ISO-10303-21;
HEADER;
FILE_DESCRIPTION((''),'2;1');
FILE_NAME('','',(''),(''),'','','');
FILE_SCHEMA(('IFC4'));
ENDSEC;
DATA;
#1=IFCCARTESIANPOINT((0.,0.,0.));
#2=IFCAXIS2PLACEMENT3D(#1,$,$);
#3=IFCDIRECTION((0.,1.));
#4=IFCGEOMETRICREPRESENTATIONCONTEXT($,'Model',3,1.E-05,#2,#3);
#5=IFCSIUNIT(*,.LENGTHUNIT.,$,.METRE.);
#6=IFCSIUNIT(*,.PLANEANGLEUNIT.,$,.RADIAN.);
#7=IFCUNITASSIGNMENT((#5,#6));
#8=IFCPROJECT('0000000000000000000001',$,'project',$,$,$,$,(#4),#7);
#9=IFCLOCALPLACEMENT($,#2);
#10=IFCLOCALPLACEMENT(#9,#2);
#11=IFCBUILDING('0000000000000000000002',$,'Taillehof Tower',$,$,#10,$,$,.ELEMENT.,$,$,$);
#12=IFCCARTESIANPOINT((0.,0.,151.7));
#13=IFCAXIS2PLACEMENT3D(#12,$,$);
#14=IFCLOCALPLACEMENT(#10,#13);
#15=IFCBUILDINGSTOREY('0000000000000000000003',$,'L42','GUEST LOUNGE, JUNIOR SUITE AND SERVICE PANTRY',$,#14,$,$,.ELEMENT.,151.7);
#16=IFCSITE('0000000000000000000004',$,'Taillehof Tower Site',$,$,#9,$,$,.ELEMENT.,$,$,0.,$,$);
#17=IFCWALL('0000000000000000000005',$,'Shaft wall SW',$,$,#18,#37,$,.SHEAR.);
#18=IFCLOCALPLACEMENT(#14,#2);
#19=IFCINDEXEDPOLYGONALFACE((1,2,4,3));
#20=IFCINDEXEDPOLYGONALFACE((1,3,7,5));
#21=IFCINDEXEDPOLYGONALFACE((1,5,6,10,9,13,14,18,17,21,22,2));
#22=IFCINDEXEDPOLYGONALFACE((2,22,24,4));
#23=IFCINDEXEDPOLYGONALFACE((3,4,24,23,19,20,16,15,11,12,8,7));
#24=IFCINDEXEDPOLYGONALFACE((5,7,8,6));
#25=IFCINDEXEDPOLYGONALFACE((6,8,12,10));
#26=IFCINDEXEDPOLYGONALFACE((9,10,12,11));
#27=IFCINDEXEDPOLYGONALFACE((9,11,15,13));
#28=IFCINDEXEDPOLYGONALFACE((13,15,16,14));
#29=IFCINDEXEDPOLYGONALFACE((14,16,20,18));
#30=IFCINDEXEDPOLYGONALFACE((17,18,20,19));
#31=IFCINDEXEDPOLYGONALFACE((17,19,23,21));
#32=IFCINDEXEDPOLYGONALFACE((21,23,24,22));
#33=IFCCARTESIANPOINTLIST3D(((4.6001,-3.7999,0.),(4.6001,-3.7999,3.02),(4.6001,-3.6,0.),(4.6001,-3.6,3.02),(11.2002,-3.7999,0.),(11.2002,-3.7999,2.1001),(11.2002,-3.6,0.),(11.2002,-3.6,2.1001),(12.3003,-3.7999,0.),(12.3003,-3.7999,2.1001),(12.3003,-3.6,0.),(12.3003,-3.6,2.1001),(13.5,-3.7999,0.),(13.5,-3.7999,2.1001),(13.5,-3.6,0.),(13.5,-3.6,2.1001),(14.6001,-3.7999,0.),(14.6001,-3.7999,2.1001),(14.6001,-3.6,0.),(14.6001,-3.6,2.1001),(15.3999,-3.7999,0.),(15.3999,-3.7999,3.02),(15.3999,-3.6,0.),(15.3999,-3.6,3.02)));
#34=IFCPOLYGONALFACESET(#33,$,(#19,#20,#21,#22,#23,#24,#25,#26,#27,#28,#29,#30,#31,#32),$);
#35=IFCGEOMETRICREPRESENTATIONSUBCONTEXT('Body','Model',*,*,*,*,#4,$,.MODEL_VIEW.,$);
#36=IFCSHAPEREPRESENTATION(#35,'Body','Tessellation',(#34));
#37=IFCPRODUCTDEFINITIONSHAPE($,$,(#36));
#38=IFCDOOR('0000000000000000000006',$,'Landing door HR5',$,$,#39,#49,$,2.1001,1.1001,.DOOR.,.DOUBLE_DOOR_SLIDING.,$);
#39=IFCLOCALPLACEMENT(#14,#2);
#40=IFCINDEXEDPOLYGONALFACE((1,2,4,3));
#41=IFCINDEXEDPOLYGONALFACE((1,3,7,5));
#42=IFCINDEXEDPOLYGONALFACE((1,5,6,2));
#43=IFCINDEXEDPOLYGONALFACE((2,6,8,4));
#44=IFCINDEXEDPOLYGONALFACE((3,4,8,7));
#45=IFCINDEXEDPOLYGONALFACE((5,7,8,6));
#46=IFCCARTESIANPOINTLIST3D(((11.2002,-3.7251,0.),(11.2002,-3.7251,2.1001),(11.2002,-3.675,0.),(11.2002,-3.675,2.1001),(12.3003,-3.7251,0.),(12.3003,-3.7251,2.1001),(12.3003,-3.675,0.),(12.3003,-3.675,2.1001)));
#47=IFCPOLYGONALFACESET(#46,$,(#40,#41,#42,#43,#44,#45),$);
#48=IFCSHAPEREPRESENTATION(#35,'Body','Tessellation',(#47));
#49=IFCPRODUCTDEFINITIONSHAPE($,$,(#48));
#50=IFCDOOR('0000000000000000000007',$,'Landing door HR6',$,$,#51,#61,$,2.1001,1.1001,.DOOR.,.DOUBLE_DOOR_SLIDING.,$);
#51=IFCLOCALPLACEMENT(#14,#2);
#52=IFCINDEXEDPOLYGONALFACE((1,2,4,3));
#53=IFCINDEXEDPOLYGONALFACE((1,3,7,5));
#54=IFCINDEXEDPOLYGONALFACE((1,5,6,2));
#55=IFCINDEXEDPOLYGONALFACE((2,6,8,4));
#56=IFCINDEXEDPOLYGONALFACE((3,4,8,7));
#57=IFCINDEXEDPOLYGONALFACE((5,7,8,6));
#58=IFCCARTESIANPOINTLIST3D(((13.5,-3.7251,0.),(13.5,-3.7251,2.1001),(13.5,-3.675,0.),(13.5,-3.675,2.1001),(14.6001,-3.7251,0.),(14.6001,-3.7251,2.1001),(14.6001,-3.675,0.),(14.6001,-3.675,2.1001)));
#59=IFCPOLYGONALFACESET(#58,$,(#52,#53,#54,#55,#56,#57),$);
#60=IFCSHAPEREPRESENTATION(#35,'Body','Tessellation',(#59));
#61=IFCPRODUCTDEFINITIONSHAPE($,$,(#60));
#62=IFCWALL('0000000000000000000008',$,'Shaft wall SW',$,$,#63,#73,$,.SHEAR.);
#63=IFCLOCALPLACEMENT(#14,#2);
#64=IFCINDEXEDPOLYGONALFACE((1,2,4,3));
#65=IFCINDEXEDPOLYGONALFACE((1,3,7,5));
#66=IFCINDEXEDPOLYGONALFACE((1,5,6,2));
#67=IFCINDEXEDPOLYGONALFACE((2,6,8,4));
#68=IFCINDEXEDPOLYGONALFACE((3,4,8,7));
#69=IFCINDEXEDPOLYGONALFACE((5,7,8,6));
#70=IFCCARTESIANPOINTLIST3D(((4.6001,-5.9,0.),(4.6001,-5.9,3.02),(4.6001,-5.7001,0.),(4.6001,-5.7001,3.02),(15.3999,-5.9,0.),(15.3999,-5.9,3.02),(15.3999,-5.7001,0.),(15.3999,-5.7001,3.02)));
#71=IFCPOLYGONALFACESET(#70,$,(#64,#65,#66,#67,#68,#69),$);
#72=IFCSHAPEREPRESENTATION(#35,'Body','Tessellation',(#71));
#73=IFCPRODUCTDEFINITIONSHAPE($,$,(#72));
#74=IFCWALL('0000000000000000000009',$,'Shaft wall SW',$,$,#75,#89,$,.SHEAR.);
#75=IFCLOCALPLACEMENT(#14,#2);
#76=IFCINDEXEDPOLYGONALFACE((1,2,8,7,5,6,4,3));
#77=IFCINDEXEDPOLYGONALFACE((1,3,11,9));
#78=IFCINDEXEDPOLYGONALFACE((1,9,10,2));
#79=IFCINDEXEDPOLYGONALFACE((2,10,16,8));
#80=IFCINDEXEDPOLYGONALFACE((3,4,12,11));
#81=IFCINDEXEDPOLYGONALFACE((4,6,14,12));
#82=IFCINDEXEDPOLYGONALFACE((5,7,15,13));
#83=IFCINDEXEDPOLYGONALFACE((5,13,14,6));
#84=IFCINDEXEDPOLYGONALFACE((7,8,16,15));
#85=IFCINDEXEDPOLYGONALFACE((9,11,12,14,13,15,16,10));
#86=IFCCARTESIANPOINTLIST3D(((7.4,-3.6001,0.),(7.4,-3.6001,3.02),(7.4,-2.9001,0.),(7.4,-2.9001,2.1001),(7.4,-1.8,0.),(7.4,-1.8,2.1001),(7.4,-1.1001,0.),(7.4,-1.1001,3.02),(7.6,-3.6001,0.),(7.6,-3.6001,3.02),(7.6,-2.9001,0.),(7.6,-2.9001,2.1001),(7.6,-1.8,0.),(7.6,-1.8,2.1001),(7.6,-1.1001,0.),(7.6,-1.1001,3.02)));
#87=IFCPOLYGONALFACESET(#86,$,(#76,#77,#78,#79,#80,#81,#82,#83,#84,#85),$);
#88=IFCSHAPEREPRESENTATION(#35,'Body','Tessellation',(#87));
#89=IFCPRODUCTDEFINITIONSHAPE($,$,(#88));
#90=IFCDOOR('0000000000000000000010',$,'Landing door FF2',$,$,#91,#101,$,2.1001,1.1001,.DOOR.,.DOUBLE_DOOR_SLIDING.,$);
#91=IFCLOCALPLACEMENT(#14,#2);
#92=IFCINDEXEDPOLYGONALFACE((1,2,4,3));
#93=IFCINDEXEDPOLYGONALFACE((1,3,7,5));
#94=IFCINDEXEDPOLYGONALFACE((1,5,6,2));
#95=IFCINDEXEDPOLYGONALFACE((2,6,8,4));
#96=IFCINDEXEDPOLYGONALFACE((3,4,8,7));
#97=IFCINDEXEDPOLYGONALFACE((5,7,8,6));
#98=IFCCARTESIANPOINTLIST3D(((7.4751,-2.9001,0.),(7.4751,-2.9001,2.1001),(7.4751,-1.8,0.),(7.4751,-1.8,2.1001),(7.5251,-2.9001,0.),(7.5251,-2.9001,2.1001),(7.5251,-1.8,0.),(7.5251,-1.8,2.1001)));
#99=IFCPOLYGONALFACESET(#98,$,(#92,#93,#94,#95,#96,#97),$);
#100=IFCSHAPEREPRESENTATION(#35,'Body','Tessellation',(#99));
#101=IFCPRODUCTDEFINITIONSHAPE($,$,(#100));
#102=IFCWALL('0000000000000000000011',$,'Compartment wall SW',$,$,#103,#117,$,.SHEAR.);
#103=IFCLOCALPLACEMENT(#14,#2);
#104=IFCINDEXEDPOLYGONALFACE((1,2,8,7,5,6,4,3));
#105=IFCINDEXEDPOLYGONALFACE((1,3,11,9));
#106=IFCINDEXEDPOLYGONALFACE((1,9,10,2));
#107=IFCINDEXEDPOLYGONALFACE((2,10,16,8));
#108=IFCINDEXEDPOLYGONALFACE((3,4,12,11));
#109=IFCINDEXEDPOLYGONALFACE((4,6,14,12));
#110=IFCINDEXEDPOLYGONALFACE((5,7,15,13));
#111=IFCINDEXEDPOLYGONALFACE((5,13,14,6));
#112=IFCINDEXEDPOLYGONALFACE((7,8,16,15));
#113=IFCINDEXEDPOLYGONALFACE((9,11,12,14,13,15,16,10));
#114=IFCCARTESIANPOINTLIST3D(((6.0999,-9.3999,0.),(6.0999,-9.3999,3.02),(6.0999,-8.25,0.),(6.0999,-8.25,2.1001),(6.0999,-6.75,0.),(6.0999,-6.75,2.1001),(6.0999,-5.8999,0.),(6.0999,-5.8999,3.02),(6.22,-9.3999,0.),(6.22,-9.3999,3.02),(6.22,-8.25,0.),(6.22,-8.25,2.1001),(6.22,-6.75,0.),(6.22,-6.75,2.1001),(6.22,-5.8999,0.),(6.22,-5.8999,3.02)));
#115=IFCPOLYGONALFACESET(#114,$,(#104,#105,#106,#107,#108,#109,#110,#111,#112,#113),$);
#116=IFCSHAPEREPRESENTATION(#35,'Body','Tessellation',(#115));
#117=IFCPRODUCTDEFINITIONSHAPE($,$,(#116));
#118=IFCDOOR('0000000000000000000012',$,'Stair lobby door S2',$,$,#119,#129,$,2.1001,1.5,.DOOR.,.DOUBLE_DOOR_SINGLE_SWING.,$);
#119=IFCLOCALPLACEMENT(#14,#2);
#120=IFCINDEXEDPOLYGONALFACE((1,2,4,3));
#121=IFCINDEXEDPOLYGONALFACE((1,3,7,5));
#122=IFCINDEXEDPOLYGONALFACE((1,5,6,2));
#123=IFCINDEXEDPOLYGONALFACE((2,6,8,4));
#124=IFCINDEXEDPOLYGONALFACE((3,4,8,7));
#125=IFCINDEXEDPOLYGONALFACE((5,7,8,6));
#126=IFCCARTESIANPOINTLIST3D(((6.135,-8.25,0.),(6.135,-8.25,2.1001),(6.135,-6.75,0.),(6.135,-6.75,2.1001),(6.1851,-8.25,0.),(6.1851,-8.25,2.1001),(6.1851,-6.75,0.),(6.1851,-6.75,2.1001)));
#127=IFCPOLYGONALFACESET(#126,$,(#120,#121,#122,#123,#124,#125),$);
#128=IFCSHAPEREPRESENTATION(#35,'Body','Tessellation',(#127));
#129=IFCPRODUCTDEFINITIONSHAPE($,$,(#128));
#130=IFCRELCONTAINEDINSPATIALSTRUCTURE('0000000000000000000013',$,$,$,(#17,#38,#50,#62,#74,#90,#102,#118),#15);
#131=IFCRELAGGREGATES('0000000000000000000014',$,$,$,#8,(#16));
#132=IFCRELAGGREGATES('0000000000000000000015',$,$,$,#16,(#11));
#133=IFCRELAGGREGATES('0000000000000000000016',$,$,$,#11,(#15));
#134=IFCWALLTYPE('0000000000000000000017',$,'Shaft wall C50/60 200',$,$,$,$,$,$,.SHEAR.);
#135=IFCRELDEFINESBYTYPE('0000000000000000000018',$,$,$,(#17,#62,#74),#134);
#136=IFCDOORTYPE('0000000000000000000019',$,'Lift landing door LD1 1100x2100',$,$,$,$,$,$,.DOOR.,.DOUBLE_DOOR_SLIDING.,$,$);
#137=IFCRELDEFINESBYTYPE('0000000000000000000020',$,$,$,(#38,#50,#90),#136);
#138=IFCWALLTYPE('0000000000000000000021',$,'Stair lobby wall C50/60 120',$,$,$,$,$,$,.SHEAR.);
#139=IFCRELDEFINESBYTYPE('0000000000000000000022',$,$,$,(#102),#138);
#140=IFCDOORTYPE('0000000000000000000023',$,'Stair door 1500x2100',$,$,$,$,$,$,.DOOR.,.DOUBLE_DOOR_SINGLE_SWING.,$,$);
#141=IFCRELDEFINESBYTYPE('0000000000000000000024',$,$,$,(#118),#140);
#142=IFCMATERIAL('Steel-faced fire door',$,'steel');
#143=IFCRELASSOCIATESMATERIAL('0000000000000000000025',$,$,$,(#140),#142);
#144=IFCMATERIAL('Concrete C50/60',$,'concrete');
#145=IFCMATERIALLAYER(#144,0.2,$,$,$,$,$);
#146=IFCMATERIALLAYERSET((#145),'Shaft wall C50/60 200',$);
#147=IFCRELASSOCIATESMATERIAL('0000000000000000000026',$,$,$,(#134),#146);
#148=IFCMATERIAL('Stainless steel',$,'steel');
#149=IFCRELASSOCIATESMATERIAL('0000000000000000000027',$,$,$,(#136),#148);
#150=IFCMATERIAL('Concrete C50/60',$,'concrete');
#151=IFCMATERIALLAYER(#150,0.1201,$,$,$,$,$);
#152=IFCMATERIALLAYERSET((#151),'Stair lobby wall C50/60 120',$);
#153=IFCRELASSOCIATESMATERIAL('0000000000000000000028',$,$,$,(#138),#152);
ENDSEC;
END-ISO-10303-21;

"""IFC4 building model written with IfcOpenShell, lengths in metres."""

from ifc_helpers import new_model, si_unit, direction, frame, frame_2d, origin, place, context, subcontext, project, spatial, rectangle, extrude, material, layer, layer_set, type_object, element, fill, save


model = new_model("IFC4")

# Units and contexts
model_context = context("Model", 3, precision=1e-05, world=origin(), true_north=direction((0.0, 1.0)))
body_context = subcontext(model_context, "Body", "Model", "MODEL_VIEW")
ifc_project = project(units=[si_unit("LENGTHUNIT", "METRE"), si_unit("PLANEANGLEUNIT", "RADIAN")], contexts=[model_context])

# Site, building, storey
site_placement = place(None, origin())
site = spatial("IfcSite", under=ifc_project, at=site_placement, Name="Taillehof Tower Site", CompositionType="ELEMENT", RefElevation=0.0)
building_placement = place(site_placement, origin())
building = spatial("IfcBuilding", under=site, at=building_placement, Name="Taillehof Tower", CompositionType="ELEMENT")
storey_placement = place(building_placement, frame((0.0, 0.0, 151.7)))
storey = spatial("IfcBuildingStorey", under=building, at=storey_placement, Name="L42", Description="GUEST LOUNGE, JUNIOR SUITE AND SERVICE PANTRY", CompositionType="ELEMENT", Elevation=151.7)

# Wall, openings, doors
ifc_material_1 = material(Name="Steel-faced fire door", Category="steel")
door_type_1 = type_object("IfcDoorType", Name="Stair door 1500x2100", OperationType="DOUBLE_DOOR_SINGLE_SWING", PredefinedType="DOOR", material=ifc_material_1)
ifc_material_2 = material(Name="Concrete C50/60", Category="concrete")
ifc_layer_1 = layer(ifc_material_2, 0.2)
ifc_layer_set_1 = layer_set([ifc_layer_1], Name="Shaft wall C50/60 200")
wall_type_1 = type_object("IfcWallType", Name="Shaft wall C50/60 200", PredefinedType="SHEAR", material=ifc_layer_set_1)
wall_1_placement = place(storey_placement, frame((4.6001, -3.7, 0.0), z_axis=(0.0, 0.0, 1.0), x_axis=(1.0, 0.0, 0.0)))
wall_1 = element("IfcWall", 1, at=wall_1_placement, inside=storey, type_object=wall_type_1, Name="Shaft wall SW", PredefinedType="SHEAR", context=body_context, shape_type="SweptSolid", body=[
    extrude(rectangle(XDim=10.7998, YDim=0.2, at=frame_2d((5.3999, 0.0))), origin(), (0.0, 0.0, 1.0), 3.02),
])
opening_1_placement = place(wall_1_placement, frame((6.6001, 0.0, 0.0)))
opening_1 = element("IfcOpeningElement", 2, at=opening_1_placement, cuts=wall_1, PredefinedType="OPENING", context=body_context, shape_type="SweptSolid", body=[
    extrude(rectangle(XDim=1.1001, YDim=2.1001, at=frame_2d((0.55, 1.05))), frame((0.0, 0.1099, 0.0), z_axis=(0.0, -1.0, 0.0), x_axis=(1.0, 0.0, 0.0)), (0.0, 0.0, 1.0), 0.22),
])
opening_2_placement = place(wall_1_placement, frame((8.8999, 0.0, 0.0)))
opening_2 = element("IfcOpeningElement", 3, at=opening_2_placement, cuts=wall_1, PredefinedType="OPENING", context=body_context, shape_type="SweptSolid", body=[
    extrude(rectangle(XDim=1.1001, YDim=2.1001, at=frame_2d((0.55, 1.05))), frame((0.0, 0.1099, 0.0), z_axis=(0.0, -1.0, 0.0), x_axis=(1.0, 0.0, 0.0)), (0.0, 0.0, 1.0), 0.22),
])
ifc_material_3 = material(Name="Stainless steel", Category="steel")
door_type_2 = type_object("IfcDoorType", Name="Lift landing door LD1 1100x2100", OperationType="DOUBLE_DOOR_SLIDING", PredefinedType="DOOR", material=ifc_material_3)
door_1_placement = place(opening_1_placement, origin())
door_1 = element("IfcDoor", 4, at=door_1_placement, inside=storey, type_object=door_type_2, Name="Landing door HR5", OperationType="DOUBLE_DOOR_SLIDING", OverallHeight=2.1001, OverallWidth=1.1001, PredefinedType="DOOR", context=body_context, shape_type="SweptSolid", body=[
    extrude(rectangle(XDim=1.1001, YDim=2.1001, at=frame_2d((0.55, 1.05))), frame((0.0, 0.0249, 0.0), z_axis=(0.0, -1.0, 0.0), x_axis=(1.0, 0.0, 0.0)), (0.0, 0.0, 1.0), 0.05),
])
fill(opening_1, door_1)
door_2_placement = place(opening_2_placement, origin())
door_2 = element("IfcDoor", 5, at=door_2_placement, inside=storey, type_object=door_type_2, Name="Landing door HR6", OperationType="DOUBLE_DOOR_SLIDING", OverallHeight=2.1001, OverallWidth=1.1001, PredefinedType="DOOR", context=body_context, shape_type="SweptSolid", body=[
    extrude(rectangle(XDim=1.1001, YDim=2.1001, at=frame_2d((0.55, 1.05))), frame((0.0, 0.0249, 0.0), z_axis=(0.0, -1.0, 0.0), x_axis=(1.0, 0.0, 0.0)), (0.0, 0.0, 1.0), 0.05),
])
fill(opening_2, door_2)

# Wall
wall_2_placement = place(storey_placement, frame((4.6001, -5.8, 0.0), z_axis=(0.0, 0.0, 1.0), x_axis=(1.0, 0.0, 0.0)))
element("IfcWall", 6, at=wall_2_placement, inside=storey, type_object=wall_type_1, Name="Shaft wall SW", PredefinedType="SHEAR", context=body_context, shape_type="SweptSolid", body=[
    extrude(rectangle(XDim=10.7998, YDim=0.2, at=frame_2d((5.3999, 0.0))), origin(), (0.0, 0.0, 1.0), 3.02),
])

# Walls, openings, doors
wall_3_placement = place(storey_placement, frame((7.5, -3.6001, 0.0), z_axis=(0.0, 0.0, 1.0), x_axis=(0.0, 1.0, 0.0)))
wall_3 = element("IfcWall", 7, at=wall_3_placement, inside=storey, type_object=wall_type_1, Name="Shaft wall SW", PredefinedType="SHEAR", context=body_context, shape_type="SweptSolid", body=[
    extrude(rectangle(XDim=2.5, YDim=0.2, at=frame_2d((1.25, 0.0))), origin(), (0.0, 0.0, 1.0), 3.02),
])
opening_3_placement = place(wall_3_placement, frame((0.7, 0.0, 0.0)))
opening_3 = element("IfcOpeningElement", 8, at=opening_3_placement, cuts=wall_3, PredefinedType="OPENING", context=body_context, shape_type="SweptSolid", body=[
    extrude(rectangle(XDim=1.1001, YDim=2.1001, at=frame_2d((0.55, 1.05))), frame((0.0, 0.1099, 0.0), z_axis=(0.0, -1.0, 0.0), x_axis=(1.0, 0.0, 0.0)), (0.0, 0.0, 1.0), 0.22),
])
door_3_placement = place(opening_3_placement, origin())
door_3 = element("IfcDoor", 9, at=door_3_placement, inside=storey, type_object=door_type_2, Name="Landing door FF2", OperationType="DOUBLE_DOOR_SLIDING", OverallHeight=2.1001, OverallWidth=1.1001, PredefinedType="DOOR", context=body_context, shape_type="SweptSolid", body=[
    extrude(rectangle(XDim=1.1001, YDim=2.1001, at=frame_2d((0.55, 1.05))), frame((0.0, 0.0249, 0.0), z_axis=(0.0, -1.0, 0.0), x_axis=(1.0, 0.0, 0.0)), (0.0, 0.0, 1.0), 0.05),
])
fill(opening_3, door_3)
ifc_material_4 = material(Name="Concrete C50/60", Category="concrete")
ifc_layer_2 = layer(ifc_material_4, 0.1201)
ifc_layer_set_2 = layer_set([ifc_layer_2], Name="Stair lobby wall C50/60 120")
wall_type_2 = type_object("IfcWallType", Name="Stair lobby wall C50/60 120", PredefinedType="SHEAR", material=ifc_layer_set_2)
wall_4_placement = place(storey_placement, frame((6.1599, -9.3999, 0.0), z_axis=(0.0, 0.0, 1.0), x_axis=(0.0, 1.0, 0.0)))
wall_4 = element("IfcWall", 10, at=wall_4_placement, inside=storey, type_object=wall_type_2, Name="Compartment wall SW", PredefinedType="SHEAR", context=body_context, shape_type="SweptSolid", body=[
    extrude(rectangle(XDim=3.5, YDim=0.1201, at=frame_2d((1.75, 0.0))), origin(), (0.0, 0.0, 1.0), 3.02),
])
opening_4_placement = place(wall_4_placement, frame((1.1499, 0.0, 0.0)))
opening_4 = element("IfcOpeningElement", 11, at=opening_4_placement, cuts=wall_4, PredefinedType="OPENING", context=body_context, shape_type="SweptSolid", body=[
    extrude(rectangle(XDim=1.5, YDim=2.1001, at=frame_2d((0.75, 1.05))), frame((0.0, 0.0701, 0.0), z_axis=(0.0, -1.0, 0.0), x_axis=(1.0, 0.0, 0.0)), (0.0, 0.0, 1.0), 0.1401),
])
door_4_placement = place(opening_4_placement, origin())
door_4 = element("IfcDoor", 12, at=door_4_placement, inside=storey, type_object=door_type_1, Name="Stair lobby door S2", OperationType="DOUBLE_DOOR_SINGLE_SWING", OverallHeight=2.1001, OverallWidth=1.5, PredefinedType="DOOR", context=body_context, shape_type="SweptSolid", body=[
    extrude(rectangle(XDim=1.5, YDim=2.1001, at=frame_2d((0.75, 1.05))), frame((0.0, 0.0249, 0.0), z_axis=(0.0, -1.0, 0.0), x_axis=(1.0, 0.0, 0.0)), (0.0, 0.0, 1.0), 0.05),
])
fill(opening_4, door_4)

save(model, "model.ifc")
